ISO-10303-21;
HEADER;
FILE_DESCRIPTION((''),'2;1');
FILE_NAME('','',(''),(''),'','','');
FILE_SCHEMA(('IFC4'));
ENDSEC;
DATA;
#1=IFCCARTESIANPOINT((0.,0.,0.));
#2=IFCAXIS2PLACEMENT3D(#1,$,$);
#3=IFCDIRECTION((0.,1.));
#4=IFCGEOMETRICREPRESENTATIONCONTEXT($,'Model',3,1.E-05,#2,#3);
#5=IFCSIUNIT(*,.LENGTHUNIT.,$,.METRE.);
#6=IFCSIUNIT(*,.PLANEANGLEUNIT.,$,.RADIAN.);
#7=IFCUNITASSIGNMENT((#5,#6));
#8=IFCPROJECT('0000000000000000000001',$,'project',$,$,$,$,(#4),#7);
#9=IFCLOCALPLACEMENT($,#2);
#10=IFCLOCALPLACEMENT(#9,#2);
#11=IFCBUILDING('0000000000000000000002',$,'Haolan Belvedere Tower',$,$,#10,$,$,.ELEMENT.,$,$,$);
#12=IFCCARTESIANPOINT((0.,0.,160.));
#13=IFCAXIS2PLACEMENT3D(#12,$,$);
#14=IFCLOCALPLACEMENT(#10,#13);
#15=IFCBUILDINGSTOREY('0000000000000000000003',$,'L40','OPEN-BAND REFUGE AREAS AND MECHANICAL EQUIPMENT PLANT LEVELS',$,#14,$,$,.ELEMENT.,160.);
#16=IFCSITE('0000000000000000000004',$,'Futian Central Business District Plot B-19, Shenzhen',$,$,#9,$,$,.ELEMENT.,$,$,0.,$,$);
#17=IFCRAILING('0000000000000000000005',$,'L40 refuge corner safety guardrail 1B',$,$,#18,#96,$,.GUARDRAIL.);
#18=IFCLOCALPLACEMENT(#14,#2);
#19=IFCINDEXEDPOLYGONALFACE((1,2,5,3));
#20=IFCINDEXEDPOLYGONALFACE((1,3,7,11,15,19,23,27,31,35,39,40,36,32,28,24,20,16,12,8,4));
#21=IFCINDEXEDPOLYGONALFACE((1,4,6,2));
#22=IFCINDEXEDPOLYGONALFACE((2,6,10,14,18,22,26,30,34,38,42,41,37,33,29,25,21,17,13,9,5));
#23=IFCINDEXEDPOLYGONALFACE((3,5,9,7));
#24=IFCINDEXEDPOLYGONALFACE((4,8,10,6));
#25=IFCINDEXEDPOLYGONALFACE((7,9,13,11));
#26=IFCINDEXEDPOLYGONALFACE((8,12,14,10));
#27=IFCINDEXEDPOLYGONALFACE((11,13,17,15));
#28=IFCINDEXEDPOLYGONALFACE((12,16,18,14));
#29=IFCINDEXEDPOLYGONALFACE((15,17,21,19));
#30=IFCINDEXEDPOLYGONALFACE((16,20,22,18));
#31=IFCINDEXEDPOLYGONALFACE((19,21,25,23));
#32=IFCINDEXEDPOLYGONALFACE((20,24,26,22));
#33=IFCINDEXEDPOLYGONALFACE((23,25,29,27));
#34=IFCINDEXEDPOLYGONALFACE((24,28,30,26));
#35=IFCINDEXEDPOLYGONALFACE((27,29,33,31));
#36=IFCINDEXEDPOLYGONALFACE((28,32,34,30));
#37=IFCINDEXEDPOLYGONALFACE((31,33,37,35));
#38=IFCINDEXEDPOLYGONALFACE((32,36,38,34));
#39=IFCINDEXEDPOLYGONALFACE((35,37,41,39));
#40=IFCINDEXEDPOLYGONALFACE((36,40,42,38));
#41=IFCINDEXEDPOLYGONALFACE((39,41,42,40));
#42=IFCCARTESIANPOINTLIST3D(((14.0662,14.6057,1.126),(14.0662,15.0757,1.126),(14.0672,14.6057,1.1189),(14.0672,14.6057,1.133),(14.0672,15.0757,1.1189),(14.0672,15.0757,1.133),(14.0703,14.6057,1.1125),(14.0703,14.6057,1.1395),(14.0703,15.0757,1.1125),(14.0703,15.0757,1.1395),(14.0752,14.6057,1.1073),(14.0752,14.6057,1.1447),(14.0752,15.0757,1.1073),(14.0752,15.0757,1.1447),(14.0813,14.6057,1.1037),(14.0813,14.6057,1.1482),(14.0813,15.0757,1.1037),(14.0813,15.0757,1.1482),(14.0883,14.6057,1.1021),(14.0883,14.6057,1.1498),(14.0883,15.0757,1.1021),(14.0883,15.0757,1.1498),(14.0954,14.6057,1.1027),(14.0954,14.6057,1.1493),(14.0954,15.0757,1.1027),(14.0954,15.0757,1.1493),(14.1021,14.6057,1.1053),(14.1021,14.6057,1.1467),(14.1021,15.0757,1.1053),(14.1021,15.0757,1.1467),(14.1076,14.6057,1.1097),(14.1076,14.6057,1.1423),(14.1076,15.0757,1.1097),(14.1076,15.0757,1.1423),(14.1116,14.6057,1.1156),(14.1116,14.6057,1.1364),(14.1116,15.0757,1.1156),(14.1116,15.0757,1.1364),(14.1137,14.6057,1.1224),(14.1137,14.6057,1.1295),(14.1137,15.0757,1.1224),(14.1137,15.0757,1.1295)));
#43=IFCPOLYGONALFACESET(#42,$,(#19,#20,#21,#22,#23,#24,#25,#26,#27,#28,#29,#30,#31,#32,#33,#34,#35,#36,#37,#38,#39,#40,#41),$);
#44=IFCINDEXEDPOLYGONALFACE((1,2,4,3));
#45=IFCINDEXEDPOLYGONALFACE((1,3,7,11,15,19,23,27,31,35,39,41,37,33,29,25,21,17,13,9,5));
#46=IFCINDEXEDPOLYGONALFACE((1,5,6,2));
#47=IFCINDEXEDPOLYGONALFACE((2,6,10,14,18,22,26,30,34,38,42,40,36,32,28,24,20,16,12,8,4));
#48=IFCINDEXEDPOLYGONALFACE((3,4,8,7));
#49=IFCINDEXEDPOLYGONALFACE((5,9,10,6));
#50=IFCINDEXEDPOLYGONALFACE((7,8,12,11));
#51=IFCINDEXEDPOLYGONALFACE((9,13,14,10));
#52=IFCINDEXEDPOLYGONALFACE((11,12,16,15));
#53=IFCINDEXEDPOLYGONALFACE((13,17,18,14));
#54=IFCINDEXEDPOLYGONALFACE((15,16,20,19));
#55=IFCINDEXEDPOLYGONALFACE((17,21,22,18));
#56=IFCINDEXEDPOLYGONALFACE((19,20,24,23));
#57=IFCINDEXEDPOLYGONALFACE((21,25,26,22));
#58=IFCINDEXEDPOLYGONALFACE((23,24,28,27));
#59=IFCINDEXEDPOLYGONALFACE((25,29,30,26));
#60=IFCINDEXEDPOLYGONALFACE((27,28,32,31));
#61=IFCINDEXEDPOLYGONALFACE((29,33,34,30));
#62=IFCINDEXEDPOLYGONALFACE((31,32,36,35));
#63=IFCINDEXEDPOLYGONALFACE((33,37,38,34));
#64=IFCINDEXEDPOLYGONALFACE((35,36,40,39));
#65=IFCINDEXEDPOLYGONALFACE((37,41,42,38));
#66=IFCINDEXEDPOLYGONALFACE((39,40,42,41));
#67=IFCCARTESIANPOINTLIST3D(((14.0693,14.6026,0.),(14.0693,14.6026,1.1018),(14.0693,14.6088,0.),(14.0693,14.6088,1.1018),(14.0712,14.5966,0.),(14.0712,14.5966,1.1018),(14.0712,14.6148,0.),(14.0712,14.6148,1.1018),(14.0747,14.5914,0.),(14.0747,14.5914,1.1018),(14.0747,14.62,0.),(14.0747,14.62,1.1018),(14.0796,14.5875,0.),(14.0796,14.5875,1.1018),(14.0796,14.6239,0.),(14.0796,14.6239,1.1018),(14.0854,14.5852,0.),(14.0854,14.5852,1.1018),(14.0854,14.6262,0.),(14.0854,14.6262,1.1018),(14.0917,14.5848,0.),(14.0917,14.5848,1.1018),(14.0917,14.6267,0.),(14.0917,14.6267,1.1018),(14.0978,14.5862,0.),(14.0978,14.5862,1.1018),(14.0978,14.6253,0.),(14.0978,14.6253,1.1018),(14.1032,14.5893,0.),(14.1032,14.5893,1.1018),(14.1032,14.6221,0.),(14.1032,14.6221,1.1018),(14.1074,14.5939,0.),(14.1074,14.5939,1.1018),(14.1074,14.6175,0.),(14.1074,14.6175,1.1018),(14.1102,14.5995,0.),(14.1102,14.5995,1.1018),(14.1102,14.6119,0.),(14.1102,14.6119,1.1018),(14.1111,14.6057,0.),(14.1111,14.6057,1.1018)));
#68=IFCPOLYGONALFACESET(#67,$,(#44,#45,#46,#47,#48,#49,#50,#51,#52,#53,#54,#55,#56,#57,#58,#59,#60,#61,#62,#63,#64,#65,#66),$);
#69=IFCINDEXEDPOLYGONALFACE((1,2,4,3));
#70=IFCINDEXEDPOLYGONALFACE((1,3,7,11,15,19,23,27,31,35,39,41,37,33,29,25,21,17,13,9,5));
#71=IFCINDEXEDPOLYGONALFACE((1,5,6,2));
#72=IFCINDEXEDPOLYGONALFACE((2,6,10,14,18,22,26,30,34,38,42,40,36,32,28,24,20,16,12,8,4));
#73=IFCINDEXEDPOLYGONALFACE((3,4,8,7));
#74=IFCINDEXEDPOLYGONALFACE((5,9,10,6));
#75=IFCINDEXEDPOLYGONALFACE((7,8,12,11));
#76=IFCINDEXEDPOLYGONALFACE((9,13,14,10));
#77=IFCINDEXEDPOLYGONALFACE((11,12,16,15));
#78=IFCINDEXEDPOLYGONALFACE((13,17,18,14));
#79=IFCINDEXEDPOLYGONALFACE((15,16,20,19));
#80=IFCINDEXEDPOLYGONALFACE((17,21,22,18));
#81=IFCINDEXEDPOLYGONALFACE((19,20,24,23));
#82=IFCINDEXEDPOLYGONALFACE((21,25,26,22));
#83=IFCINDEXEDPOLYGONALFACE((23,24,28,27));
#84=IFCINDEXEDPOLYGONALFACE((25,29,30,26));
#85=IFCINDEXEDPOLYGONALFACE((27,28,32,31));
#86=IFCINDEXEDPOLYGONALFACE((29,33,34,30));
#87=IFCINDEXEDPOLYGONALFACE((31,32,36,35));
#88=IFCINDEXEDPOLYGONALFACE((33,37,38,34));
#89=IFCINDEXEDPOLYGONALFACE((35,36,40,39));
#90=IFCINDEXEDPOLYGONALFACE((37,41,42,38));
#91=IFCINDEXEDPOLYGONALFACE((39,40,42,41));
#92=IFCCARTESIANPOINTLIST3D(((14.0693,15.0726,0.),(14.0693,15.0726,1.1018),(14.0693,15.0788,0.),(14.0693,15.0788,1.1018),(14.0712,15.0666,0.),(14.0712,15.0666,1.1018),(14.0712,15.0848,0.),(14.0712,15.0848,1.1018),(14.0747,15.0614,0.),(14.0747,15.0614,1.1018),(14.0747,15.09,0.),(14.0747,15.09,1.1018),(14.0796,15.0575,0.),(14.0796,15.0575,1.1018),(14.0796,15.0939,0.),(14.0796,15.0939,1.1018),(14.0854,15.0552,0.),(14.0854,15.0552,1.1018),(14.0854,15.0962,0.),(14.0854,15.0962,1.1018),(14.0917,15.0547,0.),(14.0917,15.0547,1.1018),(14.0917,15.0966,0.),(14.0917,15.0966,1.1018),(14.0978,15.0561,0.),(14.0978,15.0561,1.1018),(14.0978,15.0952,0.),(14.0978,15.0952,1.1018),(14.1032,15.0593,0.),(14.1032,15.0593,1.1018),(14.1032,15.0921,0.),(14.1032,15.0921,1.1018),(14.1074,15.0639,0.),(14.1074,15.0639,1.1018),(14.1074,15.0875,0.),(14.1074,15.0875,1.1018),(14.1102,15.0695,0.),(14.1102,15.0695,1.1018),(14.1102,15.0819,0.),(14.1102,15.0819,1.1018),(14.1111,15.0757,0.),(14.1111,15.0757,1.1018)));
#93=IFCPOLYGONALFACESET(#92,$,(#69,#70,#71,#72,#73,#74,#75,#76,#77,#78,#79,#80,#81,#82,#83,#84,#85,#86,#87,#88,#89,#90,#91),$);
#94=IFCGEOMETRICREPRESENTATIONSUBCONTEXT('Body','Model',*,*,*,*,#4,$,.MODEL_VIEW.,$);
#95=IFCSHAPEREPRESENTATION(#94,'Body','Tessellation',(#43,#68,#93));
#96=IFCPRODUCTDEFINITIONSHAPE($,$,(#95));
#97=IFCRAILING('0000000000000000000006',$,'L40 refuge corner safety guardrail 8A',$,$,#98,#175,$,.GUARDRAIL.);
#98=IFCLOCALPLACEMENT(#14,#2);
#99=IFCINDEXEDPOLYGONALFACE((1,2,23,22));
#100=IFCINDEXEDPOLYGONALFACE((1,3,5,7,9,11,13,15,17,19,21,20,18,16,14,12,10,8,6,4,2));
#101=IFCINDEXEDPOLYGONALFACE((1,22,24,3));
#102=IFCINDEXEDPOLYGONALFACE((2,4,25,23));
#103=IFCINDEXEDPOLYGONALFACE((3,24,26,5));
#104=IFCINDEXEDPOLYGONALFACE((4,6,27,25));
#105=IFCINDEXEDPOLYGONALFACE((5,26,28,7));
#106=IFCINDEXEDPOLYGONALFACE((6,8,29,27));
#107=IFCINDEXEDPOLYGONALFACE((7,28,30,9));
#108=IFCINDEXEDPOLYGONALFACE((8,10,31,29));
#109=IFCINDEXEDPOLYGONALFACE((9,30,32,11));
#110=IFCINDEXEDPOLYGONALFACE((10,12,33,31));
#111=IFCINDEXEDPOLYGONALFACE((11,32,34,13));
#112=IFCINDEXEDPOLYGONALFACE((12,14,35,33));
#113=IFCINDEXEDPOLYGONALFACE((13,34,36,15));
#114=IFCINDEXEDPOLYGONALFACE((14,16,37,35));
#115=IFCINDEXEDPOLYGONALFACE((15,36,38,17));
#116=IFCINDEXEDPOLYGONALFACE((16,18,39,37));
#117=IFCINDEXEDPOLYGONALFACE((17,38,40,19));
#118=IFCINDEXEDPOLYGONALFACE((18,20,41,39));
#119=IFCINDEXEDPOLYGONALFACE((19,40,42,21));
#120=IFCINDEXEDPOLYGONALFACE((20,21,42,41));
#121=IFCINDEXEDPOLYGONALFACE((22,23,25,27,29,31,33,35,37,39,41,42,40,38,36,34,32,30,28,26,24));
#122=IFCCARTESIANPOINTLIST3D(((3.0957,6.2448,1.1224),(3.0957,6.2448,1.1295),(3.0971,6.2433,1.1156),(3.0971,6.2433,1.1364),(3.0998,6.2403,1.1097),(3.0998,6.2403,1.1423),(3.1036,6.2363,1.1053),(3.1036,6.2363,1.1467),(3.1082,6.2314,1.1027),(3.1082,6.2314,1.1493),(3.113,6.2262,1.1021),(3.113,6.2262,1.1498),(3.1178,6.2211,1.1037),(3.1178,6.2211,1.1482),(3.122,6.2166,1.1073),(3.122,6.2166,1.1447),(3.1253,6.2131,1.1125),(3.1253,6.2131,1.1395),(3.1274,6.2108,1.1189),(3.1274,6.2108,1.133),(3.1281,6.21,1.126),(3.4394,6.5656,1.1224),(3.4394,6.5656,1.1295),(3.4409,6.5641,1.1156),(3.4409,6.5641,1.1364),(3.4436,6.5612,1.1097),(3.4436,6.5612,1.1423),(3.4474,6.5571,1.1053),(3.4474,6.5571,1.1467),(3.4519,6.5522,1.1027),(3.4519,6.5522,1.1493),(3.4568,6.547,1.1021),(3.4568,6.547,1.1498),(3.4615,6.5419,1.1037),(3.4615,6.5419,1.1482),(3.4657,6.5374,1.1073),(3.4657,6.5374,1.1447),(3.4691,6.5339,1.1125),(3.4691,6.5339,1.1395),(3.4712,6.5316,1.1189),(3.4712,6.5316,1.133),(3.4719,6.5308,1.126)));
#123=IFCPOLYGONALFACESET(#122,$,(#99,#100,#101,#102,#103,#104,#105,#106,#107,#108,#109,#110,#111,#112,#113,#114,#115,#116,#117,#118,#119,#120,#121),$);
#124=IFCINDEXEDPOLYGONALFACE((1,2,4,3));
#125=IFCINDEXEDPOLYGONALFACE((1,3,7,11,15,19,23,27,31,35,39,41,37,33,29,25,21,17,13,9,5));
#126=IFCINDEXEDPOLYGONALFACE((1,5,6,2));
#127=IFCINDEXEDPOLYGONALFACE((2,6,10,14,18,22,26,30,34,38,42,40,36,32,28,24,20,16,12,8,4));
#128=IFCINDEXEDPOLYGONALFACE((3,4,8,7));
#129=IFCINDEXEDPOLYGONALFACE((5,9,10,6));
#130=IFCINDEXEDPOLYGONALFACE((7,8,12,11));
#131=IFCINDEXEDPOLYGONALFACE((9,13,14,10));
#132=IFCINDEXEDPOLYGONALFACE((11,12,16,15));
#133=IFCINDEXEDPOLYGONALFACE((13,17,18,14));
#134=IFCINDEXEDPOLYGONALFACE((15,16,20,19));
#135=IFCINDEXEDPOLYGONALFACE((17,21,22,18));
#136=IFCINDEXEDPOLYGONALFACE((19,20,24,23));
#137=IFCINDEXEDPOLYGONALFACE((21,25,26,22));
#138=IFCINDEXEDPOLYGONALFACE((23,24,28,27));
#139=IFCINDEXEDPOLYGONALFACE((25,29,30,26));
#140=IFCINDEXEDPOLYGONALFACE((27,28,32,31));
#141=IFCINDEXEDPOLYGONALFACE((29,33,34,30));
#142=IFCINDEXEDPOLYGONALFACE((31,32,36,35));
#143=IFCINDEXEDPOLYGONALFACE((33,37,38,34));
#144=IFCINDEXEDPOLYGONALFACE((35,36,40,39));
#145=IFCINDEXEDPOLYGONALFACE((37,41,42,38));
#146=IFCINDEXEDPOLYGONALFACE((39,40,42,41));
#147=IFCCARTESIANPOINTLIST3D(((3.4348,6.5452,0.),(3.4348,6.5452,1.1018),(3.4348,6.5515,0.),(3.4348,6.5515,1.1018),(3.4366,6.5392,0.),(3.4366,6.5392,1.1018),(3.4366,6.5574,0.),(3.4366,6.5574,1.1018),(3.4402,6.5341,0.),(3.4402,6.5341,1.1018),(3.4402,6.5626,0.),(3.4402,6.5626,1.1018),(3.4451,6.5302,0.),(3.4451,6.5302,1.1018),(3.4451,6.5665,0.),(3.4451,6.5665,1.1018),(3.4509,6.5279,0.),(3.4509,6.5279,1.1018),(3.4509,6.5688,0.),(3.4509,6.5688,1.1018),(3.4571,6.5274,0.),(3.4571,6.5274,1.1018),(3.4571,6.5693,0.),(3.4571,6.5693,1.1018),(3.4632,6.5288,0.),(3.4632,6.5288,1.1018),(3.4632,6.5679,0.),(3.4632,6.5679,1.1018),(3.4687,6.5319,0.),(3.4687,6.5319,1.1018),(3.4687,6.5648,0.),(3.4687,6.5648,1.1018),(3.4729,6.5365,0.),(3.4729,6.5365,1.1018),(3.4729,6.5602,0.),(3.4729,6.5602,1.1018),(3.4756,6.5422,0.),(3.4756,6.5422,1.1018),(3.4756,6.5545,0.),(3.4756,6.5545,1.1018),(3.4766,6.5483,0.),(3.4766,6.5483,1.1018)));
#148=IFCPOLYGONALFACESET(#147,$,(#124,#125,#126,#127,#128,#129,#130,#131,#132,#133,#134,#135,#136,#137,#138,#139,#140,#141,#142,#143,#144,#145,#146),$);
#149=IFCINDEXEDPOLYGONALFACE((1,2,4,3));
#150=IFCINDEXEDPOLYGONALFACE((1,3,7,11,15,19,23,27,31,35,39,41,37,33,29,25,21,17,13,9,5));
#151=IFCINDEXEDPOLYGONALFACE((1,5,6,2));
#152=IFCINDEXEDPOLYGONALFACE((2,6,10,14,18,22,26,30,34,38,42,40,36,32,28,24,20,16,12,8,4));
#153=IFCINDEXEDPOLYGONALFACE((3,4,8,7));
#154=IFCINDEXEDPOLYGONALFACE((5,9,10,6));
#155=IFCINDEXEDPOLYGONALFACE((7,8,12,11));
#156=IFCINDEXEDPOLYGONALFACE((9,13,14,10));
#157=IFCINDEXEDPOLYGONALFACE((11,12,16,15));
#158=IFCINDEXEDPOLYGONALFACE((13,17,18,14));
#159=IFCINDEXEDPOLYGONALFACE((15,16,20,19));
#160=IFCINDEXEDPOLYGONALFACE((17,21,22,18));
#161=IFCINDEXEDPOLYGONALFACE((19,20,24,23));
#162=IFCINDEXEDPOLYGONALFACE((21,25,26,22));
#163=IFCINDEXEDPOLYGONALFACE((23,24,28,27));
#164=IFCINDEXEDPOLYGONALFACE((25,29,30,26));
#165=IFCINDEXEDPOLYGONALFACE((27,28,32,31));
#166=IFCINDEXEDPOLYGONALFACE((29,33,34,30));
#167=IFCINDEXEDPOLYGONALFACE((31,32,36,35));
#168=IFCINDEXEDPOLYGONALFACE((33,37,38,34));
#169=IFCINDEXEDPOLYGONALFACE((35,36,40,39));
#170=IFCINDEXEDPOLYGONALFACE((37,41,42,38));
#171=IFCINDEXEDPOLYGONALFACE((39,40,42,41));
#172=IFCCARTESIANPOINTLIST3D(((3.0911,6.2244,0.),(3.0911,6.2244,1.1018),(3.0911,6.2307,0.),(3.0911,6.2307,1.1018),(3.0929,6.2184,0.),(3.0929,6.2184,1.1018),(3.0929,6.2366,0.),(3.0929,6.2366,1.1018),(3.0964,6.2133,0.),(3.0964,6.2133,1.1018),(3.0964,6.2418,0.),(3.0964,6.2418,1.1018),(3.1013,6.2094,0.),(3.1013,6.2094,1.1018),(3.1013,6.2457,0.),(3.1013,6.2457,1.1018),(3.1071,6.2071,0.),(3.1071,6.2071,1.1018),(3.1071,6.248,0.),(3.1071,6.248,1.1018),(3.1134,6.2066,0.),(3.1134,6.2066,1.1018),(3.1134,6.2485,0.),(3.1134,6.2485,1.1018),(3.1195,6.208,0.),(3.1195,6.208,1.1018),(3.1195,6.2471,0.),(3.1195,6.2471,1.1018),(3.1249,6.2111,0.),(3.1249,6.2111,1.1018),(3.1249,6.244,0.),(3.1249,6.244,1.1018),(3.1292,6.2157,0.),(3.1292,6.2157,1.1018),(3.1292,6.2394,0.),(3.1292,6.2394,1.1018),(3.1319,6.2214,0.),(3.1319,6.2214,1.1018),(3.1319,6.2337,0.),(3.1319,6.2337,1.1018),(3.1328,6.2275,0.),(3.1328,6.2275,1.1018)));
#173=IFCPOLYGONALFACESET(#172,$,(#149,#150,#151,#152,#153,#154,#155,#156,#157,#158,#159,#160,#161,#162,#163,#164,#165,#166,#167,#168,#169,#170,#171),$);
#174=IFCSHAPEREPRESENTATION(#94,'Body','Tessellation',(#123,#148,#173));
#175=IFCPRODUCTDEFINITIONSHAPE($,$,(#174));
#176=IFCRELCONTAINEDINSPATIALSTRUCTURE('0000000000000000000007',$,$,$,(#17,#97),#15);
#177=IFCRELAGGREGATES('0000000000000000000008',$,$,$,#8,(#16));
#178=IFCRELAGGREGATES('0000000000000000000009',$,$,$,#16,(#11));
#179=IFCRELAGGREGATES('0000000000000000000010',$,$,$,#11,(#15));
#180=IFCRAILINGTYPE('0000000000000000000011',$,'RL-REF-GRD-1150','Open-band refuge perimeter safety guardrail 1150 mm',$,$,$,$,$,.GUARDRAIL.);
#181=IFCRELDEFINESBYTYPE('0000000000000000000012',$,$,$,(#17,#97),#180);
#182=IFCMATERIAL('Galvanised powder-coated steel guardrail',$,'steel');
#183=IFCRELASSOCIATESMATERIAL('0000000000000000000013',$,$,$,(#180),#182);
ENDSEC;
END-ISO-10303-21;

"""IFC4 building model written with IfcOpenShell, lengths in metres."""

from ifc_helpers import new_model, si_unit, direction, frame, origin, origin_2d, place, context, subcontext, project, spatial, circle, extrude, material, type_object, element, save


model = new_model("IFC4")

# Units and contexts
model_context = context("Model", 3, precision=1e-05, world=origin(), true_north=direction((0.0, 1.0)))
body_context = subcontext(model_context, "Body", "Model", "MODEL_VIEW")
ifc_project = project(units=[si_unit("LENGTHUNIT", "METRE"), si_unit("PLANEANGLEUNIT", "RADIAN")], contexts=[model_context])

# Site, building, storey
site_placement = place(None, origin())
site = spatial("IfcSite", under=ifc_project, at=site_placement, Name="Futian Central Business District Plot B-19, Shenzhen", CompositionType="ELEMENT", RefElevation=0.0)
building_placement = place(site_placement, origin())
building = spatial("IfcBuilding", under=site, at=building_placement, Name="Haolan Belvedere Tower", CompositionType="ELEMENT")
storey_placement = place(building_placement, frame((0.0, 0.0, 160.0)))
storey = spatial("IfcBuildingStorey", under=building, at=storey_placement, Name="L40", Description="OPEN-BAND REFUGE AREAS AND MECHANICAL EQUIPMENT PLANT LEVELS", CompositionType="ELEMENT", Elevation=160.0)

# Railings
ifc_material_1 = material(Name="Galvanised powder-coated steel guardrail", Category="steel")
railing_type = type_object("IfcRailingType", Name="RL-REF-GRD-1150", Description="Open-band refuge perimeter safety guardrail 1150 mm", PredefinedType="GUARDRAIL", material=ifc_material_1)
railing_1_placement = place(storey_placement, frame((14.0901, 14.6057, 0.0)))
element("IfcRailing", 1, at=railing_1_placement, inside=storey, type_object=railing_type, Name="L40 refuge corner safety guardrail 1B", PredefinedType="GUARDRAIL", context=body_context, shape_type="SweptSolid", body=[
    extrude(circle(Radius=0.0239, at=origin_2d()), frame((0.0, 0.0, 1.126), z_axis=(0.0, 1.0, 0.0), x_axis=(-1.0, 0.0, 0.0)), (0.0, 0.0, 1.0), 0.47),
    extrude(circle(Radius=0.021, at=origin_2d()), origin(), (0.0, 0.0, 1.0), 1.1018),
    extrude(circle(Radius=0.021, at=origin_2d()), frame((0.0, 0.47, 0.0)), (0.0, 0.0, 1.0), 1.1018),
])
railing_2_placement = place(storey_placement, frame((3.4556, 6.5483, 0.0)))
element("IfcRailing", 2, at=railing_2_placement, inside=storey, type_object=railing_type, Name="L40 refuge corner safety guardrail 8A", PredefinedType="GUARDRAIL", context=body_context, shape_type="SweptSolid", body=[
    extrude(circle(Radius=0.0239, at=origin_2d()), frame((0.0, 0.0, 1.126), z_axis=(-0.73109, -0.682281, 0.0), x_axis=(0.682281, -0.73109, 0.0)), (0.0, 0.0, 1.0), 0.4702),
    extrude(circle(Radius=0.021, at=origin_2d()), origin(), (0.0, 0.0, 1.0), 1.1018),
    extrude(circle(Radius=0.021, at=origin_2d()), frame((-0.3438, -0.3208, 0.0)), (0.0, 0.0, 1.0), 1.1018),
])

save(model, "model.ifc")
